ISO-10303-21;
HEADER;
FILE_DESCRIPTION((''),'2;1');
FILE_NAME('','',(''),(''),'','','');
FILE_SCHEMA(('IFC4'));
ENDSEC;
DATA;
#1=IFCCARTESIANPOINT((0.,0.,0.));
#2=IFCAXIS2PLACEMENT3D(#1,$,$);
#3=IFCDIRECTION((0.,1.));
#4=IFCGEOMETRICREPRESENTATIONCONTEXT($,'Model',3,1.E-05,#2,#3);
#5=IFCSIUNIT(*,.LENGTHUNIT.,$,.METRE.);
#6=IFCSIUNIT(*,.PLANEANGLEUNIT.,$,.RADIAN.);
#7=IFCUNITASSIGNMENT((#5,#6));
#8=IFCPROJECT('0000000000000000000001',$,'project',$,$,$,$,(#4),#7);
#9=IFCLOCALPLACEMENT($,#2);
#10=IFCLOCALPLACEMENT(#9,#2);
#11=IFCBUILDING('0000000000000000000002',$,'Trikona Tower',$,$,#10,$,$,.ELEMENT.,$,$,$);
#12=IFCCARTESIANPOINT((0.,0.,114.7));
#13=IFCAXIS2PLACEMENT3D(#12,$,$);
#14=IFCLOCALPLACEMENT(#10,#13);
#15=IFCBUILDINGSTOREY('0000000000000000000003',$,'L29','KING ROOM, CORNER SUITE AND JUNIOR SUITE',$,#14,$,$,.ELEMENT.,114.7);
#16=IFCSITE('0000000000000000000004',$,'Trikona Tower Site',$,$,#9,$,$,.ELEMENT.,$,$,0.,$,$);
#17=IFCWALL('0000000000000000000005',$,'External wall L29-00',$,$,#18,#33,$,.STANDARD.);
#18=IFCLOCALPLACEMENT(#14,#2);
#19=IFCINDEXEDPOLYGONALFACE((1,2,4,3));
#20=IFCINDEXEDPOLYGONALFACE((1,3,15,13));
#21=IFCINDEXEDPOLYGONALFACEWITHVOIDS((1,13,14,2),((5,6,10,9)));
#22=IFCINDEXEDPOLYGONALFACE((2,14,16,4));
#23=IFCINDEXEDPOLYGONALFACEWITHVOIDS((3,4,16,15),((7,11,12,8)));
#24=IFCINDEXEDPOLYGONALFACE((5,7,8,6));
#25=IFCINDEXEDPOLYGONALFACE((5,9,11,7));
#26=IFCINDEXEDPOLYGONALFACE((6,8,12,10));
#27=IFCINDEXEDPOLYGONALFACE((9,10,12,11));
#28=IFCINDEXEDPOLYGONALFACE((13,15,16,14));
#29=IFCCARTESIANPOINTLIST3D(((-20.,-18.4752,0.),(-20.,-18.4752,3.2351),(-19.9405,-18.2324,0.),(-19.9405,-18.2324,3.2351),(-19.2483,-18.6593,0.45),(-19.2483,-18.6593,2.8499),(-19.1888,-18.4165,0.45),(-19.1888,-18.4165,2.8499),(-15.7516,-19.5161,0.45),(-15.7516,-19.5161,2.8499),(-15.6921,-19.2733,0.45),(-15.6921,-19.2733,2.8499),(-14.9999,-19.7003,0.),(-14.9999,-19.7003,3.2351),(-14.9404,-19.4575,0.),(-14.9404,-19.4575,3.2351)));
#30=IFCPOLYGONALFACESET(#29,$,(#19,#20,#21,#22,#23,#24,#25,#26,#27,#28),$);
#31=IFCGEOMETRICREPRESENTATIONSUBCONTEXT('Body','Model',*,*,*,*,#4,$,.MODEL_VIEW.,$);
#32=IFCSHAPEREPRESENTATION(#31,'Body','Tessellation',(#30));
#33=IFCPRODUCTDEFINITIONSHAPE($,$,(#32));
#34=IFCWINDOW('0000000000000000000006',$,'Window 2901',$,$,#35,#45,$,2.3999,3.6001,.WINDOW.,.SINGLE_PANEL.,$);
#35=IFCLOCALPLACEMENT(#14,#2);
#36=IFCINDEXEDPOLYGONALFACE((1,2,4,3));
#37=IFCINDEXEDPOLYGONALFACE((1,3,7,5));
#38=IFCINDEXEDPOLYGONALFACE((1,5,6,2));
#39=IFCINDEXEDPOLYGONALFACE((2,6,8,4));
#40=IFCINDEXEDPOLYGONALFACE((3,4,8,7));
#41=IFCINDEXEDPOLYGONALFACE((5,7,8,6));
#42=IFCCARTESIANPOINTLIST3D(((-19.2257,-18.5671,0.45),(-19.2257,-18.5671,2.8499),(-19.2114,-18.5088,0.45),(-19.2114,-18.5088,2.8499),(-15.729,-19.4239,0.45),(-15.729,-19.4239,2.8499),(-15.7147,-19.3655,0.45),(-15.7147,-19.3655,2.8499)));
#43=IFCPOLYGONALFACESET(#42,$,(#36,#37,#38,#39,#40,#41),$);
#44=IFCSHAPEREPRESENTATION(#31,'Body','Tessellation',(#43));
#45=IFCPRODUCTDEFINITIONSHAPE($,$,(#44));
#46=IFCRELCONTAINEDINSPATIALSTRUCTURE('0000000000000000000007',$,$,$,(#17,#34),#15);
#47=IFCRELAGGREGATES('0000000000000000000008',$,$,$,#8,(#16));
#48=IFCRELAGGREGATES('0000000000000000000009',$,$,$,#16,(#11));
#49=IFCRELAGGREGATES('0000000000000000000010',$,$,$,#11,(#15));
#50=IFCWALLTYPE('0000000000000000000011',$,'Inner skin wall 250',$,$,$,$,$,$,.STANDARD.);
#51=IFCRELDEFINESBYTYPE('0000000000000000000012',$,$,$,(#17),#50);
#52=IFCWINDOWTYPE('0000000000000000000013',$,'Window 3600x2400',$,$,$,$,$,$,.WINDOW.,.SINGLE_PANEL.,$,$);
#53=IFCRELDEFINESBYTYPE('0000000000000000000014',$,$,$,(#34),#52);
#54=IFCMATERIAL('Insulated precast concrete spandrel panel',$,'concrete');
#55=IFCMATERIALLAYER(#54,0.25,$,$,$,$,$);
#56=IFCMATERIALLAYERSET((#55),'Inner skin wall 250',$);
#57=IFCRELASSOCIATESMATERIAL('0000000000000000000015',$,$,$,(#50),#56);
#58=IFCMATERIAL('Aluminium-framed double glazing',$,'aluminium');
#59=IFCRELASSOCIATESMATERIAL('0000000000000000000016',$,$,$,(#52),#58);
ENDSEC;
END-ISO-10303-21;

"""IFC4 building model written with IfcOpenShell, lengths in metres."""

from ifc_helpers import new_model, si_unit, direction, frame, frame_2d, origin, place, context, subcontext, project, spatial, rectangle, extrude, material, layer, layer_set, type_object, element, fill, save


model = new_model("IFC4")

# Units and contexts
model_context = context("Model", 3, precision=1e-05, world=origin(), true_north=direction((0.0, 1.0)))
body_context = subcontext(model_context, "Body", "Model", "MODEL_VIEW")
ifc_project = project(units=[si_unit("LENGTHUNIT", "METRE"), si_unit("PLANEANGLEUNIT", "RADIAN")], contexts=[model_context])

# Site, building, storey
site_placement = place(None, origin())
site = spatial("IfcSite", under=ifc_project, at=site_placement, Name="Trikona Tower Site", CompositionType="ELEMENT", RefElevation=0.0)
building_placement = place(site_placement, origin())
building = spatial("IfcBuilding", under=site, at=building_placement, Name="Trikona Tower", CompositionType="ELEMENT")
storey_placement = place(building_placement, frame((0.0, 0.0, 114.7)))
storey = spatial("IfcBuildingStorey", under=building, at=storey_placement, Name="L29", Description="KING ROOM, CORNER SUITE AND JUNIOR SUITE", CompositionType="ELEMENT", Elevation=114.7)

# Wall, opening, window
ifc_material_1 = material(Name="Insulated precast concrete spandrel panel", Category="concrete")
ifc_layer_1 = layer(ifc_material_1, 0.25)
ifc_layer_set_1 = layer_set([ifc_layer_1], Name="Inner skin wall 250")
wall_type_1 = type_object("IfcWallType", Name="Inner skin wall 250", PredefinedType="STANDARD", material=ifc_layer_set_1)
wall_1_placement = place(storey_placement, frame((-19.9702, -18.3538, 0.0), z_axis=(0.0, 0.0, 1.0), x_axis=(0.97127, -0.23798, 0.0)))
wall_1 = element("IfcWall", 1, at=wall_1_placement, inside=storey, type_object=wall_type_1, Name="External wall L29-00", PredefinedType="STANDARD", context=body_context, shape_type="SweptSolid", body=[
    extrude(rectangle(XDim=5.1479, YDim=0.25, at=frame_2d((2.574, 0.0))), origin(), (0.0, 0.0, 1.0), 3.2351),
])
opening_1_placement = place(wall_1_placement, frame((0.7739, 0.0, 0.45)))
opening_1 = element("IfcOpeningElement", 2, at=opening_1_placement, cuts=wall_1, PredefinedType="OPENING", context=body_context, shape_type="SweptSolid", body=[
    extrude(rectangle(XDim=3.6001, YDim=2.3999, at=frame_2d((1.8, 1.2))), frame((0.0, 0.135, 0.0), z_axis=(0.0, -1.0, 0.0), x_axis=(1.0, 0.0, 0.0)), (0.0, 0.0, 1.0), 0.27),
])
ifc_material_2 = material(Name="Aluminium-framed double glazing", Category="aluminium")
window_type_1 = type_object("IfcWindowType", Name="Window 3600x2400", PartitioningType="SINGLE_PANEL", PredefinedType="WINDOW", material=ifc_material_2)
window_1_placement = place(opening_1_placement, origin())
window_1 = element("IfcWindow", 3, at=window_1_placement, inside=storey, type_object=window_type_1, Name="Window 2901", OverallHeight=2.3999, OverallWidth=3.6001, PartitioningType="SINGLE_PANEL", PredefinedType="WINDOW", context=body_context, shape_type="SweptSolid", body=[
    extrude(rectangle(XDim=3.6001, YDim=2.3999, at=frame_2d((1.8, 1.2))), frame((0.0, 0.03, 0.0), z_axis=(0.0, -1.0, 0.0), x_axis=(1.0, 0.0, 0.0)), (0.0, 0.0, 1.0), 0.0601),
])
fill(opening_1, window_1)

save(model, "model.ifc")
